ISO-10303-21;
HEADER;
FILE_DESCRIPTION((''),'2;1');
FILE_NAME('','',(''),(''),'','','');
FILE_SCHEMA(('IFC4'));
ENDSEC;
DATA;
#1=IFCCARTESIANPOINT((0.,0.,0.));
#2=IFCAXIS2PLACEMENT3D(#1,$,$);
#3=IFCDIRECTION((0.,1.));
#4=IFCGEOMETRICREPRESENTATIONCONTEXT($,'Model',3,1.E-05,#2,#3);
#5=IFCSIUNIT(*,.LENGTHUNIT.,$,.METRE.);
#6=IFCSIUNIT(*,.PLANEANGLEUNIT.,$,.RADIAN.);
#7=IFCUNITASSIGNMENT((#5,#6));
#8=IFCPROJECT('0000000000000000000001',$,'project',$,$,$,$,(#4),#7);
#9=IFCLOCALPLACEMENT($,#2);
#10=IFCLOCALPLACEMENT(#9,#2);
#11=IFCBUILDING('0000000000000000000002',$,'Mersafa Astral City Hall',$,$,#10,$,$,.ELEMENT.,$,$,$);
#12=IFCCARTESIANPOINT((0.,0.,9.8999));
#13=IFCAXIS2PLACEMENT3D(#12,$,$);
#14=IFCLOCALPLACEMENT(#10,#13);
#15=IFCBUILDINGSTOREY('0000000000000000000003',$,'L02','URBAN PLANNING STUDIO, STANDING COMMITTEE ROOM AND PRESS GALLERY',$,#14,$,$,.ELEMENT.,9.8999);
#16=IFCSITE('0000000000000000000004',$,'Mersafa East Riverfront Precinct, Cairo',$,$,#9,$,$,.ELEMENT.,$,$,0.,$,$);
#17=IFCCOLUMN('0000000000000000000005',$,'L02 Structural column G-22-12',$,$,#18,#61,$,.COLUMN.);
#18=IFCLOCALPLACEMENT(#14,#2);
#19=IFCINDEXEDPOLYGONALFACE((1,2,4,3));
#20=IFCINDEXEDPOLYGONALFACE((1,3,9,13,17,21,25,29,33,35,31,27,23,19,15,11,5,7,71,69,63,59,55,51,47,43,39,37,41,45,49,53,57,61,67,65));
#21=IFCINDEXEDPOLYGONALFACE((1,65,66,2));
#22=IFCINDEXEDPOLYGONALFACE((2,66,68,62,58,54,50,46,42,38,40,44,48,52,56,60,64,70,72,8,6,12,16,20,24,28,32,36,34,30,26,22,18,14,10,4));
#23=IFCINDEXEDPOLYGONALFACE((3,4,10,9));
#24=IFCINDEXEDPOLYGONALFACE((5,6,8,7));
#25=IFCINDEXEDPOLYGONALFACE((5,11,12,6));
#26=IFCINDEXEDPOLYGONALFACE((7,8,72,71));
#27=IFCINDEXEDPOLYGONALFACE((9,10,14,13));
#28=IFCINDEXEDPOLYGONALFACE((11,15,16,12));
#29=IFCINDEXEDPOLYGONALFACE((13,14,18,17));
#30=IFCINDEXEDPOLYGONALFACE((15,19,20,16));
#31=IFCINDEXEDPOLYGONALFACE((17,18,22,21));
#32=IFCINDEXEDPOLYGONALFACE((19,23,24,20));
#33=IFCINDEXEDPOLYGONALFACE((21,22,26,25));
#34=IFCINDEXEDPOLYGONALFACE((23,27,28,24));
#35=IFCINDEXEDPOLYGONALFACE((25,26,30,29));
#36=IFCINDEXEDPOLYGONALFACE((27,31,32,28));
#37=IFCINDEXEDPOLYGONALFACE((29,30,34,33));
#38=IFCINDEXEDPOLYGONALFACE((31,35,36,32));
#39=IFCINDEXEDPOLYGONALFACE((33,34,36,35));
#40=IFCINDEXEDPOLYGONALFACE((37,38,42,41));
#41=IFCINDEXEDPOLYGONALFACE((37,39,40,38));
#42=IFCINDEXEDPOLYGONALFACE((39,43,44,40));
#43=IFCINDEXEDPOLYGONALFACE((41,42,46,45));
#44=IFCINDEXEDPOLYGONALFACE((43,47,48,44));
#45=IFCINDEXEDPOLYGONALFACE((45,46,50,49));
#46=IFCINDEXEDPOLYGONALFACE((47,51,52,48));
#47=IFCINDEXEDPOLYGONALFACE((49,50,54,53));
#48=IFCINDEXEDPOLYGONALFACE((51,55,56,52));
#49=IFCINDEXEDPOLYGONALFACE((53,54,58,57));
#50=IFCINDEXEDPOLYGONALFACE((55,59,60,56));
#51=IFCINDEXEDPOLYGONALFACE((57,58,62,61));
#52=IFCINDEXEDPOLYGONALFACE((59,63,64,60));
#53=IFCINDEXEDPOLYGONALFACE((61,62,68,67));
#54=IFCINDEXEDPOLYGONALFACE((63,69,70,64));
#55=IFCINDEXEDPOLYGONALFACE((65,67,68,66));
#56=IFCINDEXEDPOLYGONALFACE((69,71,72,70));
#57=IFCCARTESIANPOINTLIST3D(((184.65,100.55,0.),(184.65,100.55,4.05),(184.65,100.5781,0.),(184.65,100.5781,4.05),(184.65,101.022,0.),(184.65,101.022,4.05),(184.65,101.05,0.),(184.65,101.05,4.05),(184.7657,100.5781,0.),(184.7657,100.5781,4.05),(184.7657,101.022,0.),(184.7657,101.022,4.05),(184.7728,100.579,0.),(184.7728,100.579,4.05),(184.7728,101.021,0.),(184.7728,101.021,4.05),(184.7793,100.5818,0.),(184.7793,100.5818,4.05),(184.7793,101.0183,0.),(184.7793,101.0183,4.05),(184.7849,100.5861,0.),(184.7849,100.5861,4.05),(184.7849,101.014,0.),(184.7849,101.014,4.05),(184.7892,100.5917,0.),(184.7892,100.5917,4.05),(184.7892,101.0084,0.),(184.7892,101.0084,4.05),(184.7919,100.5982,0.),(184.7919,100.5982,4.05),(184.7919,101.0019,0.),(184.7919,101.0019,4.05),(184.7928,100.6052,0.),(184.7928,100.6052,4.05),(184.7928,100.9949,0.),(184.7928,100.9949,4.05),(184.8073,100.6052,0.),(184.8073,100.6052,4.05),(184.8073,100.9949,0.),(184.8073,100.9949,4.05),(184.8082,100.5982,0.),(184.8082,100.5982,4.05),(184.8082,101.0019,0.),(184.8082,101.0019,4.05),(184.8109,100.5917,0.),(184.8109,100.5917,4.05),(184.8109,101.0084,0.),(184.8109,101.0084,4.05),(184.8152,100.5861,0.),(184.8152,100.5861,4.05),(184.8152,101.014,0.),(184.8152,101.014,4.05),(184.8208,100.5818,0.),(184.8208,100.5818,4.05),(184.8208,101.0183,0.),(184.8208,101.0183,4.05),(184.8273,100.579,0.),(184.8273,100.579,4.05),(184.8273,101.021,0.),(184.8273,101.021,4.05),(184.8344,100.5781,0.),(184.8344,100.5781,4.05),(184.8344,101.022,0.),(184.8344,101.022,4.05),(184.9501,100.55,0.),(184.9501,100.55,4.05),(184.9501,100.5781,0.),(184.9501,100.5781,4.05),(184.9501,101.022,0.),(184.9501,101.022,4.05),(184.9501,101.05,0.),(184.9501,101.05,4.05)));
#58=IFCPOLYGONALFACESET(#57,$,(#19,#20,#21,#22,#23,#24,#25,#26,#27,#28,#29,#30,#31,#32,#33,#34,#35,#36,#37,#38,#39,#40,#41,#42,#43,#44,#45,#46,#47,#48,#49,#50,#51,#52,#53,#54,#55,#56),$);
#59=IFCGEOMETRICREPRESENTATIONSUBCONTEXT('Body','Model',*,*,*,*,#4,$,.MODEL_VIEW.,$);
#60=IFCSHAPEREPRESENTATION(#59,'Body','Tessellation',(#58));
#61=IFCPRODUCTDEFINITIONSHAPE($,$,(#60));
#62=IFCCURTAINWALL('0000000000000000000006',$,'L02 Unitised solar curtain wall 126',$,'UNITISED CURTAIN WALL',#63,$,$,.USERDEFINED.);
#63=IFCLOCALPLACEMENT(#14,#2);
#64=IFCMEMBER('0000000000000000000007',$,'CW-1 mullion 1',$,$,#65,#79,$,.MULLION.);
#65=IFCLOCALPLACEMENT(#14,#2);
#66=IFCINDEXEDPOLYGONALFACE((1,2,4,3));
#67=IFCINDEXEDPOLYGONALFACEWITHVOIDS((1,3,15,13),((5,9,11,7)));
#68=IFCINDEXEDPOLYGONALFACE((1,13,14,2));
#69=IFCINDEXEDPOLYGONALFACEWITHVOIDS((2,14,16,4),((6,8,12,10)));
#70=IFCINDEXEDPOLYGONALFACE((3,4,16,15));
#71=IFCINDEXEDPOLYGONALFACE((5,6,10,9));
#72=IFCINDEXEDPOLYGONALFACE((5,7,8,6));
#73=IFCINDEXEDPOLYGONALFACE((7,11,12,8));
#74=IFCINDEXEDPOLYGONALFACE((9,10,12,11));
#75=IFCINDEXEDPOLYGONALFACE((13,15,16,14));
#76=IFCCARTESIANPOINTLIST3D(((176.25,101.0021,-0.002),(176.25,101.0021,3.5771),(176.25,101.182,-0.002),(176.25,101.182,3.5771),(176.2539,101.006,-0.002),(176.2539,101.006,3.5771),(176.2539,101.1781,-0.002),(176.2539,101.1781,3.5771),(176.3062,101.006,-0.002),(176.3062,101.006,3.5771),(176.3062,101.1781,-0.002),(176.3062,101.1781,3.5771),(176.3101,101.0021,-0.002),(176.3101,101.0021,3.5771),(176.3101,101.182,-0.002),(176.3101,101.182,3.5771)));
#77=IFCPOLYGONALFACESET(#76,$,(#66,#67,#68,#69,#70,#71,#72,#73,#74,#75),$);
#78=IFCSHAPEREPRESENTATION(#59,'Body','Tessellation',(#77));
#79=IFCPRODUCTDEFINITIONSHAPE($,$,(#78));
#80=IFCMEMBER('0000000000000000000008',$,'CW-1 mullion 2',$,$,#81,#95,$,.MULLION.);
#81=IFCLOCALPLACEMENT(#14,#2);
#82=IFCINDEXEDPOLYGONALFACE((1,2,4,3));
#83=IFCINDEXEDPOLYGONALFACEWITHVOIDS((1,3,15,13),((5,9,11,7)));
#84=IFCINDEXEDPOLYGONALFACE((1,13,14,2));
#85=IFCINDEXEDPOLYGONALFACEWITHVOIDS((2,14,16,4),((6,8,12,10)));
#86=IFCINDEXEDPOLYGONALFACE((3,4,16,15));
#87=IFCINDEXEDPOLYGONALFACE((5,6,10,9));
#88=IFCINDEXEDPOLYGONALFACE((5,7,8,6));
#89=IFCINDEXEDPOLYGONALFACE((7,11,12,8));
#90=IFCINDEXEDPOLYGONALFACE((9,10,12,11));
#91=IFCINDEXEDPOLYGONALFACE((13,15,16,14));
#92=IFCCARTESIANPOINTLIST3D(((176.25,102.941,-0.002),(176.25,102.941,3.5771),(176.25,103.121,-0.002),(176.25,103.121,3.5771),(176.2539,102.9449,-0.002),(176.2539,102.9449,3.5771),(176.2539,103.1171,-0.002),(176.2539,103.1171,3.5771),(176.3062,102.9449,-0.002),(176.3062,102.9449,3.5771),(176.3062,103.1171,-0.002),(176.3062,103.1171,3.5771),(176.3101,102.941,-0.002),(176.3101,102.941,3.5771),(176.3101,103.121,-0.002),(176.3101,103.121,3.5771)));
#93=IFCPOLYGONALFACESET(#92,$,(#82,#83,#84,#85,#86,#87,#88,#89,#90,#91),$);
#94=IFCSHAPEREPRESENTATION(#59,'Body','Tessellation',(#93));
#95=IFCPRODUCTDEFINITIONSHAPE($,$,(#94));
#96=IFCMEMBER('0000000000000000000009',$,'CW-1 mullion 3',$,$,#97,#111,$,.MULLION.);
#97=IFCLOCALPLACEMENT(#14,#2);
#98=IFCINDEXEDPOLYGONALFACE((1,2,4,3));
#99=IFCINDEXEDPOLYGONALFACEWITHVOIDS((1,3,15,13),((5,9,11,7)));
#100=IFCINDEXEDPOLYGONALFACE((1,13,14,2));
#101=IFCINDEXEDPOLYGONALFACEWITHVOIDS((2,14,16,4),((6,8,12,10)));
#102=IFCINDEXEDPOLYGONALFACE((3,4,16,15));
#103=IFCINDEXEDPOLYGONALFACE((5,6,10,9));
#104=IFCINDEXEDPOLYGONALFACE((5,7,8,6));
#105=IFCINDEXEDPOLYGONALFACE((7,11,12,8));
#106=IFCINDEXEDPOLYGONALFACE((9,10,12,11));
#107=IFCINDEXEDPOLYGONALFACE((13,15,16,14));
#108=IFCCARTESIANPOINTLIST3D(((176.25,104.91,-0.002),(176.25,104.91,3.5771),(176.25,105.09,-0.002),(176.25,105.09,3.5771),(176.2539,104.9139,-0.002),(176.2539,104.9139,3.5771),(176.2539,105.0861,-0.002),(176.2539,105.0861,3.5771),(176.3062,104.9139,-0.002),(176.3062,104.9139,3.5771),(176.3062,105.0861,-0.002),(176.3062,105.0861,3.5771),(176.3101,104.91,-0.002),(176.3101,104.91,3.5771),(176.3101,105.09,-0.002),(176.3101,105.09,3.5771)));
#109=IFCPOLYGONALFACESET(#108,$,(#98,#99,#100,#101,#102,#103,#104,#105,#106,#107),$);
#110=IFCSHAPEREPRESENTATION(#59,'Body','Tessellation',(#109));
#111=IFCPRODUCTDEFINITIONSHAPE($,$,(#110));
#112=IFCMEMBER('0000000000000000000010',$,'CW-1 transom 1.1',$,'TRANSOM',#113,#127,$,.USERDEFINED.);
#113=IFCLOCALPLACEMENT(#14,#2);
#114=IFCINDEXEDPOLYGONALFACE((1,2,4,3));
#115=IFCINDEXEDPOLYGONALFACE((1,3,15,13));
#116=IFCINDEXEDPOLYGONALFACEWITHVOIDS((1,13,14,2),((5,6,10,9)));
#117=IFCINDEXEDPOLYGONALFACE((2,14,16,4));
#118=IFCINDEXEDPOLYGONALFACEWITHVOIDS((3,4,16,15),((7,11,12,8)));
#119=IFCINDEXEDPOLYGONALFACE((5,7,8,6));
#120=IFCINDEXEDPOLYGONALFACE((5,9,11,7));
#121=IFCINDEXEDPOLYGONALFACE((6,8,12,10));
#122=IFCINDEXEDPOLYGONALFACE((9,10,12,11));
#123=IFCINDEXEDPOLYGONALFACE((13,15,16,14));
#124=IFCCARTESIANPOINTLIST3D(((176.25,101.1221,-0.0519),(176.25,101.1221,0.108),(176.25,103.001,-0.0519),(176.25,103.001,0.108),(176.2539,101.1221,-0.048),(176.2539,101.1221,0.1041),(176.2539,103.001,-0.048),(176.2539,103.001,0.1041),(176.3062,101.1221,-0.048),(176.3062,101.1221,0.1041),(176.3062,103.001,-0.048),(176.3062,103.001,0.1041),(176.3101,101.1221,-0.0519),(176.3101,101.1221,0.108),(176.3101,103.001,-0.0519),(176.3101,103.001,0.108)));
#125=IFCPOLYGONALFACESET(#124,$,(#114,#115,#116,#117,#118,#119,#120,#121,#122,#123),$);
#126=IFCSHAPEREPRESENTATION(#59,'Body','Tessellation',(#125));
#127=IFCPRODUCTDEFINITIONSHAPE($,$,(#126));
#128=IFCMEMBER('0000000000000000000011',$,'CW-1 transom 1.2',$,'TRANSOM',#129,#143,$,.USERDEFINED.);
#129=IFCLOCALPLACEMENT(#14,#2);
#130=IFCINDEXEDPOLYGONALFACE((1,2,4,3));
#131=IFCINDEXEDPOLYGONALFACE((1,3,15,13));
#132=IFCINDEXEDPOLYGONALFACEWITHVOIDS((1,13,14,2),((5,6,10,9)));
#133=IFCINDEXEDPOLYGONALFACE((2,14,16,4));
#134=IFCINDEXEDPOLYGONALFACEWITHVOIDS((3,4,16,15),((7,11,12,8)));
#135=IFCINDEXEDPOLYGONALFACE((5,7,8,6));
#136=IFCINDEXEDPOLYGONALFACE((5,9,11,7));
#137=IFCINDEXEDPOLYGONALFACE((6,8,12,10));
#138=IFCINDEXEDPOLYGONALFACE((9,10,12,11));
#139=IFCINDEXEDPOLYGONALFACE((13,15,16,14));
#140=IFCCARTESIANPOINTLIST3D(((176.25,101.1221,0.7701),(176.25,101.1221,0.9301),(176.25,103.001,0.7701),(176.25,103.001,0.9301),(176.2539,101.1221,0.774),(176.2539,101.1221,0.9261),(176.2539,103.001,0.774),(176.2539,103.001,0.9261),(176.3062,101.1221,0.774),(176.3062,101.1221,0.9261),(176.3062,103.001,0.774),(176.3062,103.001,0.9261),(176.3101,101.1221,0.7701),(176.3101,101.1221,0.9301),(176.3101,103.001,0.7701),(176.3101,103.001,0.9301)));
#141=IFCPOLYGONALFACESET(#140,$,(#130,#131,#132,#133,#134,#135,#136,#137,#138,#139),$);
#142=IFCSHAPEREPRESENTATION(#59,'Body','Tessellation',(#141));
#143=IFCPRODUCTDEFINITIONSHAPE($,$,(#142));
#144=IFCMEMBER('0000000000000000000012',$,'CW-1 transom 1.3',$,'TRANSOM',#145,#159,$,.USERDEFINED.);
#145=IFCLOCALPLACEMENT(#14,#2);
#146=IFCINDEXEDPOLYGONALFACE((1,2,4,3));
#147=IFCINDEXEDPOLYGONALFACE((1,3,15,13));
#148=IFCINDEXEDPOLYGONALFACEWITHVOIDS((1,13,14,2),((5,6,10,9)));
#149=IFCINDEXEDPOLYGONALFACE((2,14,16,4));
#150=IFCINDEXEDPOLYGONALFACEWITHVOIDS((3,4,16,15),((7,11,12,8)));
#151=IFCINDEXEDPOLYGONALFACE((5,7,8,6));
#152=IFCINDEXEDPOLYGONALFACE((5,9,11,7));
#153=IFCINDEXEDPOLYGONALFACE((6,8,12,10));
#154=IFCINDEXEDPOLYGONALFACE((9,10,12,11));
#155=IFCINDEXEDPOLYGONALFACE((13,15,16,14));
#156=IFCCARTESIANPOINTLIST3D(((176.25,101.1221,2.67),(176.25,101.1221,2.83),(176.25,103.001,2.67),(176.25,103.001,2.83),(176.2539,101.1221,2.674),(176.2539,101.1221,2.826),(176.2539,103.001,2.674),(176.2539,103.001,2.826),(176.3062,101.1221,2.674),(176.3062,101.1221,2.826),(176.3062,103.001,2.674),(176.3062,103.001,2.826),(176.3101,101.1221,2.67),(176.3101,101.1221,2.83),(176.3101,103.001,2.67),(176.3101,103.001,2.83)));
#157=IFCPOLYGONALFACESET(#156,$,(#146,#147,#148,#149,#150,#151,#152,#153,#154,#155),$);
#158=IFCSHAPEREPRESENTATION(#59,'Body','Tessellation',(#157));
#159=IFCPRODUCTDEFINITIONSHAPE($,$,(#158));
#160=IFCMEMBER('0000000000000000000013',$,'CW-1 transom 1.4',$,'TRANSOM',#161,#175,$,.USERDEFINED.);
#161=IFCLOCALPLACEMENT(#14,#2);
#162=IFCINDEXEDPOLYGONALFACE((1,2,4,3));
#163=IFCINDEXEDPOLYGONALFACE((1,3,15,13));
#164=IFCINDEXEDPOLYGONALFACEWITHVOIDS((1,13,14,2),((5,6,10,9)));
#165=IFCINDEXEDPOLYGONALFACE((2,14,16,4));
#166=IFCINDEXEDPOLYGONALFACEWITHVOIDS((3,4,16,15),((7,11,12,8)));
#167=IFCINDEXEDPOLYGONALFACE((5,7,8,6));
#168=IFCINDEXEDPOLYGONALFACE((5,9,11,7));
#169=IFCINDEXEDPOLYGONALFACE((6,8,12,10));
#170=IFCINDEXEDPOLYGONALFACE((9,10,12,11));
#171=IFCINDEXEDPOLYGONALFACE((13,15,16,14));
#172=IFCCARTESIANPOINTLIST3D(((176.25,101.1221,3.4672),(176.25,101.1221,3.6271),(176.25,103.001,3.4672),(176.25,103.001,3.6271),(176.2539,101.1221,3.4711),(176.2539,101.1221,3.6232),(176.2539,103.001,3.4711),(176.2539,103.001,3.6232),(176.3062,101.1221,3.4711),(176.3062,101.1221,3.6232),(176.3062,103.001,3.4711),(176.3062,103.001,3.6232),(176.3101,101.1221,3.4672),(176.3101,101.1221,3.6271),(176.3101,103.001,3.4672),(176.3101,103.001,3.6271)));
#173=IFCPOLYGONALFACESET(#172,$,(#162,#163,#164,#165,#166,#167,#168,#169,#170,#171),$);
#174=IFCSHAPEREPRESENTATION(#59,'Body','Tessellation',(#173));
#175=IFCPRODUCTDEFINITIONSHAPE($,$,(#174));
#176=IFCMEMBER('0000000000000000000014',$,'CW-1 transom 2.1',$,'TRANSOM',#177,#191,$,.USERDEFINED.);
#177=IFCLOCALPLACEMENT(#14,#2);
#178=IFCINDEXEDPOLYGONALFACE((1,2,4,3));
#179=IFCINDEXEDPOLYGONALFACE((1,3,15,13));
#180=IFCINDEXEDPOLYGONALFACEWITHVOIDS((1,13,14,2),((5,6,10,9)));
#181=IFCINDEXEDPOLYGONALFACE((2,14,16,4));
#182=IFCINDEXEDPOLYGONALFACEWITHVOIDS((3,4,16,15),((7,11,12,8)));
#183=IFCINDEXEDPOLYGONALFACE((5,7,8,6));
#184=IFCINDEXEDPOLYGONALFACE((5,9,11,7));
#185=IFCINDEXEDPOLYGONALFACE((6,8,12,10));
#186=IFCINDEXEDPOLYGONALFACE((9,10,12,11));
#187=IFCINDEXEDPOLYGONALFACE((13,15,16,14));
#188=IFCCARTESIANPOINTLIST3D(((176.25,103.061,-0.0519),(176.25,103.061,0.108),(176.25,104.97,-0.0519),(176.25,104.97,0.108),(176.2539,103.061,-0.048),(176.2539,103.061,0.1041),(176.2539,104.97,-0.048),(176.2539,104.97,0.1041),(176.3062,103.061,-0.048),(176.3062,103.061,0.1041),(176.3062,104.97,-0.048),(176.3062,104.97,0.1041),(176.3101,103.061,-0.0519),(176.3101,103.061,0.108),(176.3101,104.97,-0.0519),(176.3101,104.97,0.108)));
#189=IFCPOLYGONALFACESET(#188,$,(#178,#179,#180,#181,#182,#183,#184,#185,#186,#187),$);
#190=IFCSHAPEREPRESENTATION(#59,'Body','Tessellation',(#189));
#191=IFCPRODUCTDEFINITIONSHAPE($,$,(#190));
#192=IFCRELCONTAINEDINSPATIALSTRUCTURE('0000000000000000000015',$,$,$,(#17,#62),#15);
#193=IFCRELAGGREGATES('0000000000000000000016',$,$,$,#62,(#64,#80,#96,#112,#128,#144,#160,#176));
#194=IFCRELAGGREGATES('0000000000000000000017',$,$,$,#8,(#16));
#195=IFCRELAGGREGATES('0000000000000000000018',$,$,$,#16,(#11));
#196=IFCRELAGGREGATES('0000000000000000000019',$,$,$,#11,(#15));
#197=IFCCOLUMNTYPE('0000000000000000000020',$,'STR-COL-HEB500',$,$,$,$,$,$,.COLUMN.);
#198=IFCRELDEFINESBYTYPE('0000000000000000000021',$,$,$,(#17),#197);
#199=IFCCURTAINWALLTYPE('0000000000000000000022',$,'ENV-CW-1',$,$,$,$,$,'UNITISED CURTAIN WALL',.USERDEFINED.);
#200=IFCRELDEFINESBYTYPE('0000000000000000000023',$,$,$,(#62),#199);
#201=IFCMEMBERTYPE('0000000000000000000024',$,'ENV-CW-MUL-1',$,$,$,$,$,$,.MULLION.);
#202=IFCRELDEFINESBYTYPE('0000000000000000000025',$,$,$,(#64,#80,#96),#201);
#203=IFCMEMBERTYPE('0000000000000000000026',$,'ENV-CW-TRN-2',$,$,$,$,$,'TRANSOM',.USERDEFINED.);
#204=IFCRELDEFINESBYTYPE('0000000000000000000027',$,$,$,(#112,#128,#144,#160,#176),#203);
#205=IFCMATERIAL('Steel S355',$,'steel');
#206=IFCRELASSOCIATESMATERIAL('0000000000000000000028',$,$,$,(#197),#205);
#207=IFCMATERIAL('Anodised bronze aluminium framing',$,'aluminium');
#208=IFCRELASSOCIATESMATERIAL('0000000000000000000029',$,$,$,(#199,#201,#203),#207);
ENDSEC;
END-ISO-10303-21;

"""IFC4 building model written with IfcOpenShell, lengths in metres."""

from ifc_helpers import new_model, si_unit, direction, frame, origin, origin_2d, place, context, subcontext, project, spatial, hollow_rectangle, i_section, extrude, material, material_profile, profile_set, type_object, element, aggregate, save


model = new_model("IFC4")

# Units and contexts
model_context = context("Model", 3, precision=1e-05, world=origin(), true_north=direction((0.0, 1.0)))
body_context = subcontext(model_context, "Body", "Model", "MODEL_VIEW")
ifc_project = project(units=[si_unit("LENGTHUNIT", "METRE"), si_unit("PLANEANGLEUNIT", "RADIAN")], contexts=[model_context])

# Site, building, storey
site_placement = place(None, origin())
site = spatial("IfcSite", under=ifc_project, at=site_placement, Name="Mersafa East Riverfront Precinct, Cairo", CompositionType="ELEMENT", RefElevation=0.0)
building_placement = place(site_placement, origin())
building = spatial("IfcBuilding", under=site, at=building_placement, Name="Mersafa Astral City Hall", CompositionType="ELEMENT")
storey_placement = place(building_placement, frame((0.0, 0.0, 9.8999)))
storey = spatial("IfcBuildingStorey", under=building, at=storey_placement, Name="L02", Description="URBAN PLANNING STUDIO, STANDING COMMITTEE ROOM AND PRESS GALLERY", CompositionType="ELEMENT", Elevation=9.8999)

# Column
ifc_material_1 = material(Name="Steel S355", Category="steel")
ifc_material_profile_1 = material_profile(ifc_material_1, i_section(OverallWidth=0.3, OverallDepth=0.5, WebThickness=0.0144, FlangeThickness=0.0281, FilletRadius=0.0271, at=origin_2d()), Name="HEB 500")
ifc_profile_set_1 = profile_set([ifc_material_profile_1], Name="Steel S355")
column_type = type_object("IfcColumnType", Name="STR-COL-HEB500", PredefinedType="COLUMN", material=ifc_profile_set_1)
column_placement = place(storey_placement, frame((184.8, 100.8, 0.0), z_axis=(0.0, 0.0, 1.0), x_axis=(1.0, 0.0, 0.0)))
element("IfcColumn", 1, at=column_placement, inside=storey, type_object=column_type, Name="L02 Structural column G-22-12", PredefinedType="COLUMN", context=body_context, shape_type="SweptSolid", body=[
    extrude(i_section(OverallWidth=0.3, OverallDepth=0.5, WebThickness=0.0144, FlangeThickness=0.0281, FilletRadius=0.0271, at=origin_2d()), origin(), (0.0, 0.0, 1.0), 4.05),
])

# Curtain wall, members
ifc_material_2 = material(Name="Anodised bronze aluminium framing", Category="aluminium")
curtain_wall_type = type_object("IfcCurtainWallType", Name="ENV-CW-1", ElementType="UNITISED CURTAIN WALL", PredefinedType="USERDEFINED", material=ifc_material_2)
curtain_wall_placement = place(storey_placement, origin())
curtain_wall = element("IfcCurtainWall", 2, at=curtain_wall_placement, inside=storey, type_object=curtain_wall_type, Name="L02 Unitised solar curtain wall 126", ObjectType="UNITISED CURTAIN WALL", PredefinedType="USERDEFINED")
ifc_material_profile_2 = material_profile(ifc_material_2, hollow_rectangle(XDim=0.0601, YDim=0.1799, WallThickness=0.0039, at=origin_2d()), Name="RHS 60x180x4")
ifc_profile_set_2 = profile_set([ifc_material_profile_2], Name="Anodised bronze aluminium framing")
member_type_1 = type_object("IfcMemberType", Name="ENV-CW-MUL-1", PredefinedType="MULLION", material=ifc_profile_set_2)
member_1_placement = place(storey_placement, frame((176.28, 101.092, -0.002), z_axis=(0.0, 0.0, 1.0), x_axis=(-1.0, 0.0, 0.0)))
member_1 = element("IfcMember", 3, at=member_1_placement, type_object=member_type_1, Name="CW-1 mullion 1", PredefinedType="MULLION", context=body_context, shape_type="SweptSolid", body=[
    extrude(hollow_rectangle(XDim=0.0601, YDim=0.1799, WallThickness=0.0039, at=origin_2d()), origin(), (0.0, 0.0, 1.0), 3.5791),
])
member_2_placement = place(storey_placement, frame((176.28, 103.031, -0.002), z_axis=(0.0, 0.0, 1.0), x_axis=(-1.0, 0.0, 0.0)))
member_2 = element("IfcMember", 4, at=member_2_placement, type_object=member_type_1, Name="CW-1 mullion 2", PredefinedType="MULLION", context=body_context, shape_type="SweptSolid", body=[
    extrude(hollow_rectangle(XDim=0.0601, YDim=0.1799, WallThickness=0.0039, at=origin_2d()), origin(), (0.0, 0.0, 1.0), 3.5791),
])
member_3_placement = place(storey_placement, frame((176.28, 105.0, -0.002), z_axis=(0.0, 0.0, 1.0), x_axis=(-1.0, 0.0, 0.0)))
member_3 = element("IfcMember", 5, at=member_3_placement, type_object=member_type_1, Name="CW-1 mullion 3", PredefinedType="MULLION", context=body_context, shape_type="SweptSolid", body=[
    extrude(hollow_rectangle(XDim=0.0601, YDim=0.1799, WallThickness=0.0039, at=origin_2d()), origin(), (0.0, 0.0, 1.0), 3.5791),
])
ifc_material_profile_3 = material_profile(ifc_material_2, hollow_rectangle(XDim=0.0601, YDim=0.1599, WallThickness=0.0039, at=origin_2d()), Name="RHS 60x160x4")
ifc_profile_set_3 = profile_set([ifc_material_profile_3], Name="Anodised bronze aluminium framing")
member_type_2 = type_object("IfcMemberType", Name="ENV-CW-TRN-2", ElementType="TRANSOM", PredefinedType="USERDEFINED", material=ifc_profile_set_3)
member_4_placement = place(storey_placement, frame((176.28, 101.1221, 0.0281), z_axis=(0.0, 1.0, 0.0), x_axis=(-1.0, 0.0, 0.0)))
member_4 = element("IfcMember", 6, at=member_4_placement, type_object=member_type_2, Name="CW-1 transom 1.1", ObjectType="TRANSOM", PredefinedType="USERDEFINED", context=body_context, shape_type="SweptSolid", body=[
    extrude(hollow_rectangle(XDim=0.0601, YDim=0.1599, WallThickness=0.0039, at=origin_2d()), origin(), (0.0, 0.0, 1.0), 1.8789),
])
member_5_placement = place(storey_placement, frame((176.28, 101.1221, 0.8501), z_axis=(0.0, 1.0, 0.0), x_axis=(-1.0, 0.0, 0.0)))
member_5 = element("IfcMember", 7, at=member_5_placement, type_object=member_type_2, Name="CW-1 transom 1.2", ObjectType="TRANSOM", PredefinedType="USERDEFINED", context=body_context, shape_type="SweptSolid", body=[
    extrude(hollow_rectangle(XDim=0.0601, YDim=0.1599, WallThickness=0.0039, at=origin_2d()), origin(), (0.0, 0.0, 1.0), 1.8789),
])
member_6_placement = place(storey_placement, frame((176.28, 101.1221, 2.75), z_axis=(0.0, 1.0, 0.0), x_axis=(-1.0, 0.0, 0.0)))
member_6 = element("IfcMember", 8, at=member_6_placement, type_object=member_type_2, Name="CW-1 transom 1.3", ObjectType="TRANSOM", PredefinedType="USERDEFINED", context=body_context, shape_type="SweptSolid", body=[
    extrude(hollow_rectangle(XDim=0.0601, YDim=0.1599, WallThickness=0.0039, at=origin_2d()), origin(), (0.0, 0.0, 1.0), 1.8789),
])
member_7_placement = place(storey_placement, frame((176.28, 101.1221, 3.5471), z_axis=(0.0, 1.0, 0.0), x_axis=(-1.0, 0.0, 0.0)))
member_7 = element("IfcMember", 9, at=member_7_placement, type_object=member_type_2, Name="CW-1 transom 1.4", ObjectType="TRANSOM", PredefinedType="USERDEFINED", context=body_context, shape_type="SweptSolid", body=[
    extrude(hollow_rectangle(XDim=0.0601, YDim=0.1599, WallThickness=0.0039, at=origin_2d()), origin(), (0.0, 0.0, 1.0), 1.8789),
])
member_8_placement = place(storey_placement, frame((176.28, 103.061, 0.0281), z_axis=(0.0, 1.0, 0.0), x_axis=(-1.0, 0.0, 0.0)))
member_8 = element("IfcMember", 10, at=member_8_placement, type_object=member_type_2, Name="CW-1 transom 2.1", ObjectType="TRANSOM", PredefinedType="USERDEFINED", context=body_context, shape_type="SweptSolid", body=[
    extrude(hollow_rectangle(XDim=0.0601, YDim=0.1599, WallThickness=0.0039, at=origin_2d()), origin(), (0.0, 0.0, 1.0), 1.9089),
])

aggregate(curtain_wall, [member_1, member_2, member_3, member_4, member_5, member_6, member_7, member_8])

save(model, "model.ifc")
